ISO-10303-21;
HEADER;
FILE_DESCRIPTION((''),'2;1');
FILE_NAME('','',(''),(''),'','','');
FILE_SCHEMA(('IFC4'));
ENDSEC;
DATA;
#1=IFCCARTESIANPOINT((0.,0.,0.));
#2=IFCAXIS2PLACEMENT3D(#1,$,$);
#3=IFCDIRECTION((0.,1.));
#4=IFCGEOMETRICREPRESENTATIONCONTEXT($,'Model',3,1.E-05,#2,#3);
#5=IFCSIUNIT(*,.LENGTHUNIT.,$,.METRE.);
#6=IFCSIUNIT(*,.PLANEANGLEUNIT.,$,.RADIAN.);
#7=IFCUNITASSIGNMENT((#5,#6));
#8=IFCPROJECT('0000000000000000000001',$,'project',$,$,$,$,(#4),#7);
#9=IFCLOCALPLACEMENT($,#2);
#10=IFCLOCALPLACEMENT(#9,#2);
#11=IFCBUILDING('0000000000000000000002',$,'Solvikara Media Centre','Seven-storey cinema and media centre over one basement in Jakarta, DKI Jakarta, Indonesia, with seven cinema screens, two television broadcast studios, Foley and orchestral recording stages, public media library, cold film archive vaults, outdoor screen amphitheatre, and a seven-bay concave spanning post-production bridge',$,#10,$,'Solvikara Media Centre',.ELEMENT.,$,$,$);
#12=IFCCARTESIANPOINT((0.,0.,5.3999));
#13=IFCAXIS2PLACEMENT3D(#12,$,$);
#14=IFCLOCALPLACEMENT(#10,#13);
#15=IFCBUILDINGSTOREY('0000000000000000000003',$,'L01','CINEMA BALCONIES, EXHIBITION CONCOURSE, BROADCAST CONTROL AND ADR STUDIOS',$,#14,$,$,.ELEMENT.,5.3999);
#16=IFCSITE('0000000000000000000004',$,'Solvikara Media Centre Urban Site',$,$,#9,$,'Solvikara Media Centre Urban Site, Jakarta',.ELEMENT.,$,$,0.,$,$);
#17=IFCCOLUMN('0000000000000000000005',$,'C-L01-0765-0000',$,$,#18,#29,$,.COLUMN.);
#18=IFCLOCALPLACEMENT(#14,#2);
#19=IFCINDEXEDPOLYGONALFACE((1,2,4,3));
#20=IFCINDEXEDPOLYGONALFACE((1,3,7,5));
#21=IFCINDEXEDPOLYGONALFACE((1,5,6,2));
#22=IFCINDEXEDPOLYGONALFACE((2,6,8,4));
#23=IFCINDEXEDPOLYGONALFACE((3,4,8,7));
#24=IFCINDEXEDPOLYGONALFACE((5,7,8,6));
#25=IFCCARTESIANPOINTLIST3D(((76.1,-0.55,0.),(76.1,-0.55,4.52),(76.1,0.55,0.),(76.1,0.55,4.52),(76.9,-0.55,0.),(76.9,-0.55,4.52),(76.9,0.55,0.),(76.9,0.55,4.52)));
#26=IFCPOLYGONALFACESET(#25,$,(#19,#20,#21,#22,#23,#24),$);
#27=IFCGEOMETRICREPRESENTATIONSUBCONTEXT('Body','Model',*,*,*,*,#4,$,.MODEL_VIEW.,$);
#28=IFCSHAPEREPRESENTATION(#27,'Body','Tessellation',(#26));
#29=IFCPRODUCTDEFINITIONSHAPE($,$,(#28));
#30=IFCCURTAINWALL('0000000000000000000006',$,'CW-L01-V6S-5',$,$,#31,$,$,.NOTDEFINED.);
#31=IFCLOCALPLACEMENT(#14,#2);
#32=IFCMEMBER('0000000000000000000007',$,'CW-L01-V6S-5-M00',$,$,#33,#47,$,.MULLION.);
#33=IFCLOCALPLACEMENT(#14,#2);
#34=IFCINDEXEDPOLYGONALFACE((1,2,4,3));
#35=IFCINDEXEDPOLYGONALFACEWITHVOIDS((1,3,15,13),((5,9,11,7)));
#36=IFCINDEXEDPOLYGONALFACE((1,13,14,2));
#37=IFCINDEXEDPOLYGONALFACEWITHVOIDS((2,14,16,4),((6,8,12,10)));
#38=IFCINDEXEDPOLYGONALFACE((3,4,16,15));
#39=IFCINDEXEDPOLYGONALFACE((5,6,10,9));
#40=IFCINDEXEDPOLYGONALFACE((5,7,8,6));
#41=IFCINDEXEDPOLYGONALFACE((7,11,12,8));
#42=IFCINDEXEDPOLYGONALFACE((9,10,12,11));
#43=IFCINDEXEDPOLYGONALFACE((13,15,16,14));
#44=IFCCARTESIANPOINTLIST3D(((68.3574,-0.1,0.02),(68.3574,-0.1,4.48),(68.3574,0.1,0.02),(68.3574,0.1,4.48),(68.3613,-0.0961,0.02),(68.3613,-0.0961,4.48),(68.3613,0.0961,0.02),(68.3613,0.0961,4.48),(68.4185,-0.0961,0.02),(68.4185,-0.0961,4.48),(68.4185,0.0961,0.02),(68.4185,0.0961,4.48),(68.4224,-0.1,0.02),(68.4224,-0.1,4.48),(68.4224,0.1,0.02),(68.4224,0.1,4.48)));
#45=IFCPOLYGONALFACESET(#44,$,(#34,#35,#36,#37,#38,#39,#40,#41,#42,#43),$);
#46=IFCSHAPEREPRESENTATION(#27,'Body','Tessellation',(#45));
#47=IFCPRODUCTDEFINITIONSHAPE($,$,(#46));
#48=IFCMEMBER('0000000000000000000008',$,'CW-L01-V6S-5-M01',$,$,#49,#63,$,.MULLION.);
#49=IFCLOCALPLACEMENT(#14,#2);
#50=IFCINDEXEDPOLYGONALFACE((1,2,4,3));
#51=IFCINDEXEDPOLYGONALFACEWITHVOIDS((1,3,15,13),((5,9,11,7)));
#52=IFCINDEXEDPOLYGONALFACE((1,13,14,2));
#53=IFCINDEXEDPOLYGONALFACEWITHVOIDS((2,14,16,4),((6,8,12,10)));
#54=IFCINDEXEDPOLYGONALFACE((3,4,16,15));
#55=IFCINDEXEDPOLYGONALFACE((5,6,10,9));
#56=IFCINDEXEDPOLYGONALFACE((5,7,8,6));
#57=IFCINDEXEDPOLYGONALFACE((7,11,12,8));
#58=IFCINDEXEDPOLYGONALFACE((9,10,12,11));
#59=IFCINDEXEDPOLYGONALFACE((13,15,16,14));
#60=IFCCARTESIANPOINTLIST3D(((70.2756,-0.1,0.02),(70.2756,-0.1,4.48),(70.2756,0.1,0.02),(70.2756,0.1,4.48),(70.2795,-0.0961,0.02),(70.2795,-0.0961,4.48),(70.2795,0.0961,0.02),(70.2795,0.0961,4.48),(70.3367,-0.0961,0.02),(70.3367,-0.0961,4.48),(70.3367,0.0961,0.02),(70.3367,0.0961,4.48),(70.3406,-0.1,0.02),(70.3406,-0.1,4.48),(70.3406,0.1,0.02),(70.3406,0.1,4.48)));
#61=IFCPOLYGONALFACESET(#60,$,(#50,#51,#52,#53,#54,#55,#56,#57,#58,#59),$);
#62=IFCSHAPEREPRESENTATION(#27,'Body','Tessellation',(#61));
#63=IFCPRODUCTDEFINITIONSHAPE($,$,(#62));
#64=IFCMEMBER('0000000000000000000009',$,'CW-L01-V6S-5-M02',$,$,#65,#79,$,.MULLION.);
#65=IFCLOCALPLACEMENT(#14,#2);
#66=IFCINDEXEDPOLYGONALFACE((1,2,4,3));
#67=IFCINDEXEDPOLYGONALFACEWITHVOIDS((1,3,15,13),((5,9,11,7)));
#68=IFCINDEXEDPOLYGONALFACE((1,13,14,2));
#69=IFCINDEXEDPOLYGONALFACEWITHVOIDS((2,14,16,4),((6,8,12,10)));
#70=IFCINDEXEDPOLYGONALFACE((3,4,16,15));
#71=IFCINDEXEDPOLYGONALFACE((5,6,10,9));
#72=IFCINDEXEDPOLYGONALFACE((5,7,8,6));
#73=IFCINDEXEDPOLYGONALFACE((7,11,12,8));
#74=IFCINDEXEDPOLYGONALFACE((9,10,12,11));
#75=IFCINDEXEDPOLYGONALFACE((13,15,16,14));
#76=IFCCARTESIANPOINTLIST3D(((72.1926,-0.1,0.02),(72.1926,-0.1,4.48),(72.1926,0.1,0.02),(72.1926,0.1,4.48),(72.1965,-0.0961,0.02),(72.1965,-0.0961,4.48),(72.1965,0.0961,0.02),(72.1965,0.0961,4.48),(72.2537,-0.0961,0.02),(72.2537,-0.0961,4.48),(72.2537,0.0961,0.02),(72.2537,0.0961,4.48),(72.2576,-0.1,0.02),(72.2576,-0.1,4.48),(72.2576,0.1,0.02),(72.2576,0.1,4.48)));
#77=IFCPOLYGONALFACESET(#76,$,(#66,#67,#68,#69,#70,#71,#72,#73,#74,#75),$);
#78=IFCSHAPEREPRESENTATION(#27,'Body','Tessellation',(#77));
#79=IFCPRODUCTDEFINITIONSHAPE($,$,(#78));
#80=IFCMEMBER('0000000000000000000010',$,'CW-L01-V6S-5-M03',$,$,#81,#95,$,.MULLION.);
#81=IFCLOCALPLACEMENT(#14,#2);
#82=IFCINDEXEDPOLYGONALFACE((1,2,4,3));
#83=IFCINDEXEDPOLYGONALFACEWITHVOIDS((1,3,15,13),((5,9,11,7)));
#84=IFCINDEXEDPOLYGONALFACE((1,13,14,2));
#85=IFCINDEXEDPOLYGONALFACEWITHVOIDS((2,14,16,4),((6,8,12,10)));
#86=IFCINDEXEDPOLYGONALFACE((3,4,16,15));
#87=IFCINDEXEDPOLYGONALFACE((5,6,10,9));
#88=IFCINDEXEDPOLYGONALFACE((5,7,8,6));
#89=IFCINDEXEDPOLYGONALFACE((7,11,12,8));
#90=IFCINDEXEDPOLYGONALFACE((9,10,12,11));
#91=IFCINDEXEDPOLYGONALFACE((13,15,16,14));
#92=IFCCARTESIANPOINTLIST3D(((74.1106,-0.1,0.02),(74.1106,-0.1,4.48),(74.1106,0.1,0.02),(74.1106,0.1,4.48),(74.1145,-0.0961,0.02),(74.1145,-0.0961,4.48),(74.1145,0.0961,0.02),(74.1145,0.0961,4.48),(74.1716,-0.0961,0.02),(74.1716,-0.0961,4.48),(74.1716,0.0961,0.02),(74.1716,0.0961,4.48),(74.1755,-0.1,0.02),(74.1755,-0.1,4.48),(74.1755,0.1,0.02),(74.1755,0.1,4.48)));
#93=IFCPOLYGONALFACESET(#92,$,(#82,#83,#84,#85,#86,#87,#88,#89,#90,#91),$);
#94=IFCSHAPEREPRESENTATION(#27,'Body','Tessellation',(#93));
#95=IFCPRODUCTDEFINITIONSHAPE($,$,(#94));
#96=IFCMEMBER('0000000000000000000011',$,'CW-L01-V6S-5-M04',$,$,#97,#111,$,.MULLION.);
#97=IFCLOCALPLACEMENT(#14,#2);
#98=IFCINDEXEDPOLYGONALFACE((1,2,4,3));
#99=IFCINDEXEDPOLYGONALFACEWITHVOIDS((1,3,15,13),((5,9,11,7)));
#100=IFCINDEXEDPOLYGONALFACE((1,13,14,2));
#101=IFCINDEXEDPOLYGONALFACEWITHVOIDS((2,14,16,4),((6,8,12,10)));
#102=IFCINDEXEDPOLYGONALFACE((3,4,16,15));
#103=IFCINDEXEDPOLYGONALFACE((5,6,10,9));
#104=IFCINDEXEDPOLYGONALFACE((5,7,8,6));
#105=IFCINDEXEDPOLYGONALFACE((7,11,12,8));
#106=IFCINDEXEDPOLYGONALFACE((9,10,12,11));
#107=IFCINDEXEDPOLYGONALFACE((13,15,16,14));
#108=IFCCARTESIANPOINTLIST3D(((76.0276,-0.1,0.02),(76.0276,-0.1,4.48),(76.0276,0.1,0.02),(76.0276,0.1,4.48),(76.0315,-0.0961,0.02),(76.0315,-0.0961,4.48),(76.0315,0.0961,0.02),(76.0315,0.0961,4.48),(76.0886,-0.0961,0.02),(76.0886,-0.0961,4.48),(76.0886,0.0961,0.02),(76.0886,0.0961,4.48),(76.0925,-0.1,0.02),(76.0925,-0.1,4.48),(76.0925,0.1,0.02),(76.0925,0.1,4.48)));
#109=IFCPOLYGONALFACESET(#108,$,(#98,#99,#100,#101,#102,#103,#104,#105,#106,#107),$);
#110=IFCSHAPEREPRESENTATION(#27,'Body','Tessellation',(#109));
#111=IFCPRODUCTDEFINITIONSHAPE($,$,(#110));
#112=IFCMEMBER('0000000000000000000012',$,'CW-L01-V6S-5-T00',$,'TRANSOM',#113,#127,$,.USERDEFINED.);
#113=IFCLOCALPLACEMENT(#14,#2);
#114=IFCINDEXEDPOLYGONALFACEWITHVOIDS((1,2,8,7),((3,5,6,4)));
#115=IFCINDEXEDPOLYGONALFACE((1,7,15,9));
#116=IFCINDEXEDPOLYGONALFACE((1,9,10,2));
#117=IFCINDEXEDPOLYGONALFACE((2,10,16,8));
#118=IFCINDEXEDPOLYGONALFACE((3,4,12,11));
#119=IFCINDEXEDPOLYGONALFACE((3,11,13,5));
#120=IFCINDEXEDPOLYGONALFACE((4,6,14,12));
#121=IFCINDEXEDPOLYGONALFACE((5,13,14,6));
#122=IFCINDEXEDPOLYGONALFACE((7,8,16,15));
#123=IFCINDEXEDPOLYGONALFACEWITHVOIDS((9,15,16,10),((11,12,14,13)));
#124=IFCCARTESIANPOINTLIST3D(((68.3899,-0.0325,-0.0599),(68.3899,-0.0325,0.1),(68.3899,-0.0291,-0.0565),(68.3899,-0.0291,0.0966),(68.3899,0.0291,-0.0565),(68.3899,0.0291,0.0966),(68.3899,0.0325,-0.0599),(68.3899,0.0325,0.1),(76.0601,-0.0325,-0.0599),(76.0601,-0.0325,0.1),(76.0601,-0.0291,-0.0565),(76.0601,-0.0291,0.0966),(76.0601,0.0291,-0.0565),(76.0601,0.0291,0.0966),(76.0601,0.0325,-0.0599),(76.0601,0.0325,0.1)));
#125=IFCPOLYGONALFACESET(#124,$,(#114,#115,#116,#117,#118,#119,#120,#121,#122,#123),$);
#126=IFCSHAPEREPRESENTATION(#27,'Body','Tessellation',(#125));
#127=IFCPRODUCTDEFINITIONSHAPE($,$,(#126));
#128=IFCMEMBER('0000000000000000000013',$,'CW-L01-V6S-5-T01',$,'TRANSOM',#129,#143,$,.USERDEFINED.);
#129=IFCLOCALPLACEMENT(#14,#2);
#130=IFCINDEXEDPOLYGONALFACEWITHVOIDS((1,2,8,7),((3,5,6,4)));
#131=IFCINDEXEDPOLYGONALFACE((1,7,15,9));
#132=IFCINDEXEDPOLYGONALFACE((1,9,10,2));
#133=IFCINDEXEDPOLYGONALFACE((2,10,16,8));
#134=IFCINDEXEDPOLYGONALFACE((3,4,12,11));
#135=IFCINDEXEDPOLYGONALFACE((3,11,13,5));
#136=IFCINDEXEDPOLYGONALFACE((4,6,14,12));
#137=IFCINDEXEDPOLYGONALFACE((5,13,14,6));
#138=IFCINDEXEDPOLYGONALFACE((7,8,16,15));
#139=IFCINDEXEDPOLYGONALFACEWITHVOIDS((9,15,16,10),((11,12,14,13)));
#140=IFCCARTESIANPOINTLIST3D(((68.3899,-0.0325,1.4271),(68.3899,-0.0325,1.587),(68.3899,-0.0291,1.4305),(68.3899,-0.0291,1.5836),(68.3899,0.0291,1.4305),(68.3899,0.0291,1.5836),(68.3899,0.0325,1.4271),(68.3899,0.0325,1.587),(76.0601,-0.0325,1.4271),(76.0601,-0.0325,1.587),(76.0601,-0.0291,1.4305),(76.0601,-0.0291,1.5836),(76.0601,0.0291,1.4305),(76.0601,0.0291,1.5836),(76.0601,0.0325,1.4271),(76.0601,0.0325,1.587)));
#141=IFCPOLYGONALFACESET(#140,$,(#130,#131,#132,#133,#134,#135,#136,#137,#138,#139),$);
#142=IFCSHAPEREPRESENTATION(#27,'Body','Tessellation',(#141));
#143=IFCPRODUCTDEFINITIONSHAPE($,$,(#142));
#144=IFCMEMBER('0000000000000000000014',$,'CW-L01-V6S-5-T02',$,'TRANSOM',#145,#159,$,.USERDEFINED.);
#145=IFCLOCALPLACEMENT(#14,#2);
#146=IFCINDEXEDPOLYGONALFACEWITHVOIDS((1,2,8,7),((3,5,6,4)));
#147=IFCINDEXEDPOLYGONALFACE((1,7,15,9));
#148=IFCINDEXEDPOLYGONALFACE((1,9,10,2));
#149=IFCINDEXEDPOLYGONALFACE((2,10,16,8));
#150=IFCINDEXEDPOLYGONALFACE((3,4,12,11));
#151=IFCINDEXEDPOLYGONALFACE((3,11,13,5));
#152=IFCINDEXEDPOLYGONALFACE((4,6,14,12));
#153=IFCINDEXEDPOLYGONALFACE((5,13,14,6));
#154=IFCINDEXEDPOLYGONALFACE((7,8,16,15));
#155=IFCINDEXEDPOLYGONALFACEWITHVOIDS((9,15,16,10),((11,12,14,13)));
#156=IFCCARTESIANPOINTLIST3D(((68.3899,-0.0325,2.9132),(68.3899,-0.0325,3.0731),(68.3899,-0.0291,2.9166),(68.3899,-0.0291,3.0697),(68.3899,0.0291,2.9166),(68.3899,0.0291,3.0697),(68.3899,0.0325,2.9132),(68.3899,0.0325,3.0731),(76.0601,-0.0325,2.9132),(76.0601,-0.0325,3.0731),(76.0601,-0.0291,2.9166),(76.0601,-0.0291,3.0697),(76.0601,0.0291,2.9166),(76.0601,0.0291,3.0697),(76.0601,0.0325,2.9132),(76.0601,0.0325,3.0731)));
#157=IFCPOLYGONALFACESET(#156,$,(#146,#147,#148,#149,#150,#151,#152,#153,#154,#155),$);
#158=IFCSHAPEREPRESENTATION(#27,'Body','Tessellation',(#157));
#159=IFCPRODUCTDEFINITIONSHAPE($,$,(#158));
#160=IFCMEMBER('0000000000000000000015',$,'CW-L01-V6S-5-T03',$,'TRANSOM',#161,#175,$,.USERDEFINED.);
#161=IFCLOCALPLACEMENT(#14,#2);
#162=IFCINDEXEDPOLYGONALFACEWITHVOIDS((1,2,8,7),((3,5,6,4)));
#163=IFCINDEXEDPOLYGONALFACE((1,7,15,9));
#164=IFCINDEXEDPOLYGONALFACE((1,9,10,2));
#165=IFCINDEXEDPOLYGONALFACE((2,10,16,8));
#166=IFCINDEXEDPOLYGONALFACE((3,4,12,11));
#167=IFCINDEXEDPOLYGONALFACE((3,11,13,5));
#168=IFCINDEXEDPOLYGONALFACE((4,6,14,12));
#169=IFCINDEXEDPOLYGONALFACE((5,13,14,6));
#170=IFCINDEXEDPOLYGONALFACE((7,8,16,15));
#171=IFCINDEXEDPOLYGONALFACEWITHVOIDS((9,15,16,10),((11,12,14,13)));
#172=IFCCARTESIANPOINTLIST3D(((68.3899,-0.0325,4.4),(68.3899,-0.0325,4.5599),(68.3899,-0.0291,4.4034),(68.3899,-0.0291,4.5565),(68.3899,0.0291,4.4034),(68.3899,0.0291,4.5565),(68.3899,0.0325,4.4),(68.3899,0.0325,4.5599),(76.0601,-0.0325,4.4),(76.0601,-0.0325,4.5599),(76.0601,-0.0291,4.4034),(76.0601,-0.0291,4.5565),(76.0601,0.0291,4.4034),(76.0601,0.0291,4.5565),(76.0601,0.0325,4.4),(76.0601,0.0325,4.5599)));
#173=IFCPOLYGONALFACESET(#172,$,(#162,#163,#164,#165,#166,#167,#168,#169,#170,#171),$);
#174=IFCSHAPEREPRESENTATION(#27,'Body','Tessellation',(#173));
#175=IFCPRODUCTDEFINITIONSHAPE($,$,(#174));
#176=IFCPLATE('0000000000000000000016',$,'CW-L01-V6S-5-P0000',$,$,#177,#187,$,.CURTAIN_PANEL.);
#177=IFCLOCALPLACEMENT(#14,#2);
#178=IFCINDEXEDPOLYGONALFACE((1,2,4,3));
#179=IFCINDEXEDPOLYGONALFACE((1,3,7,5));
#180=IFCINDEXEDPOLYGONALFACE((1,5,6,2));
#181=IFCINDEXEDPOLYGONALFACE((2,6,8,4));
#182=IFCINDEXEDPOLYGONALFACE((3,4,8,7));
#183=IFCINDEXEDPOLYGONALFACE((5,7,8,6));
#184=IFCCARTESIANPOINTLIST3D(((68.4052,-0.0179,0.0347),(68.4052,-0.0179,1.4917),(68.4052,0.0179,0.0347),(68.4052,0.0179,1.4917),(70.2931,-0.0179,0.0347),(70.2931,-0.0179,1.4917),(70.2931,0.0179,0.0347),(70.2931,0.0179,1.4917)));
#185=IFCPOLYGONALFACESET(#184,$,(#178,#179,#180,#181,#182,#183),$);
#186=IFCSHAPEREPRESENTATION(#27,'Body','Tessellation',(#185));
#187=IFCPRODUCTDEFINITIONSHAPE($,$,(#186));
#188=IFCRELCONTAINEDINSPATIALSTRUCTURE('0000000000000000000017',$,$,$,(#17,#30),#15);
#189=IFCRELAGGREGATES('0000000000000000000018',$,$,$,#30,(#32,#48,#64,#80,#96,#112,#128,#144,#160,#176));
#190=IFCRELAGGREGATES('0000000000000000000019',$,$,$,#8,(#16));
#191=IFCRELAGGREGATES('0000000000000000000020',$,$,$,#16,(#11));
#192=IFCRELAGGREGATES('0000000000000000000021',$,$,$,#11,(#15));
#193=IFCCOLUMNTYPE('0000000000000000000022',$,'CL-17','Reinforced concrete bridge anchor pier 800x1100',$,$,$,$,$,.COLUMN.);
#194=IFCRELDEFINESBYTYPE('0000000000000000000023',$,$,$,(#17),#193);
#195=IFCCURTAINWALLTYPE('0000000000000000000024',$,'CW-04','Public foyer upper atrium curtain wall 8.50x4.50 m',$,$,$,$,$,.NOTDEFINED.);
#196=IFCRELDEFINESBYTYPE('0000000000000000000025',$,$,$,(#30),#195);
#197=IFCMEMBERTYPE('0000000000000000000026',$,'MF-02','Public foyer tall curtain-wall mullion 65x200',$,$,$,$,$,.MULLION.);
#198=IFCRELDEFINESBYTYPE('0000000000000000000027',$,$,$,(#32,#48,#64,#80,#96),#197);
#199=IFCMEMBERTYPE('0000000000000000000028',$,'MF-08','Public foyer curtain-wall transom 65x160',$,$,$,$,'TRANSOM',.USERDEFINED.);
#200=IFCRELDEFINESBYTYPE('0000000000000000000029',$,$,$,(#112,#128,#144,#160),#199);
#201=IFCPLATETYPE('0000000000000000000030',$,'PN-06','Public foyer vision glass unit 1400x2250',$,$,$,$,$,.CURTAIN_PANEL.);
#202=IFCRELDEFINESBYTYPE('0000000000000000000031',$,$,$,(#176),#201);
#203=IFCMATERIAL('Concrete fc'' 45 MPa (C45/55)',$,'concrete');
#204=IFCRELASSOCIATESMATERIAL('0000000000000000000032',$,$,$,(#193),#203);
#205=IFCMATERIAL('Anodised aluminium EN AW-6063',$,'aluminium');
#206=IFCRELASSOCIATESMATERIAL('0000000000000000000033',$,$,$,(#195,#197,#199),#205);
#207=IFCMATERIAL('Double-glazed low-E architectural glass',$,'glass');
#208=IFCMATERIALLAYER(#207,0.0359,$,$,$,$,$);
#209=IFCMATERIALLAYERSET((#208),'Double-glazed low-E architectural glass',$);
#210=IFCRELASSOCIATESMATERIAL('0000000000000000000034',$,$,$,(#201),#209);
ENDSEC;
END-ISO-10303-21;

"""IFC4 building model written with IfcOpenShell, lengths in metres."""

from ifc_helpers import new_model, si_unit, direction, frame, origin, origin_2d, place, context, subcontext, project, spatial, rectangle, hollow_rectangle, extrude, material, layer, layer_set, material_profile, profile_set, type_object, element, aggregate, save


model = new_model("IFC4")

# Units and contexts
model_context = context("Model", 3, precision=1e-05, world=origin(), true_north=direction((0.0, 1.0)))
body_context = subcontext(model_context, "Body", "Model", "MODEL_VIEW")
ifc_project = project(units=[si_unit("LENGTHUNIT", "METRE"), si_unit("PLANEANGLEUNIT", "RADIAN")], contexts=[model_context])

# Site, building, storey
site_placement = place(None, origin())
site = spatial("IfcSite", under=ifc_project, at=site_placement, Name="Solvikara Media Centre Urban Site", LongName="Solvikara Media Centre Urban Site, Jakarta", CompositionType="ELEMENT", RefElevation=0.0)
building_placement = place(site_placement, origin())
building = spatial("IfcBuilding", under=site, at=building_placement, Name="Solvikara Media Centre", Description="Seven-storey cinema and media centre over one basement in Jakarta, DKI Jakarta, Indonesia, with seven cinema screens, two television broadcast studios, Foley and orchestral recording stages, public media library, cold film archive vaults, outdoor screen amphitheatre, and a seven-bay concave spanning post-production bridge", LongName="Solvikara Media Centre", CompositionType="ELEMENT")
storey_placement = place(building_placement, frame((0.0, 0.0, 5.3999)))
storey = spatial("IfcBuildingStorey", under=building, at=storey_placement, Name="L01", Description="CINEMA BALCONIES, EXHIBITION CONCOURSE, BROADCAST CONTROL AND ADR STUDIOS", CompositionType="ELEMENT", Elevation=5.3999)

# Column
ifc_material_1 = material(Name="Concrete fc' 45 MPa (C45/55)", Category="concrete")
ifc_material_profile_1 = material_profile(ifc_material_1, rectangle(XDim=0.8, YDim=1.1001, at=origin_2d()), Name="RC 800x1100")
ifc_profile_set_1 = profile_set([ifc_material_profile_1], Name="Concrete fc' 45 MPa (C45/55)")
column_type = type_object("IfcColumnType", Name="CL-17", Description="Reinforced concrete bridge anchor pier 800x1100", PredefinedType="COLUMN", material=ifc_profile_set_1)
column_placement = place(storey_placement, frame((76.5, 0.0, 0.0), z_axis=(0.0, 0.0, 1.0), x_axis=(1.0, 0.0, 0.0)))
element("IfcColumn", 1, at=column_placement, inside=storey, type_object=column_type, Name="C-L01-0765-0000", PredefinedType="COLUMN", context=body_context, shape_type="SweptSolid", body=[
    extrude(rectangle(XDim=0.8, YDim=1.1001, at=origin_2d()), origin(), (0.0, 0.0, 1.0), 4.52),
])

# Curtain wall, members, plate
ifc_material_2 = material(Name="Anodised aluminium EN AW-6063", Category="aluminium")
curtain_wall_type = type_object("IfcCurtainWallType", Name="CW-04", Description="Public foyer upper atrium curtain wall 8.50x4.50 m", PredefinedType="NOTDEFINED", material=ifc_material_2)
curtain_wall_placement = place(storey_placement, origin())
curtain_wall = element("IfcCurtainWall", 2, at=curtain_wall_placement, inside=storey, type_object=curtain_wall_type, Name="CW-L01-V6S-5", PredefinedType="NOTDEFINED")
ifc_material_profile_2 = material_profile(ifc_material_2, hollow_rectangle(XDim=0.0649, YDim=0.2, WallThickness=0.0039, at=origin_2d()), Name="ALU-M 65x200x4")
ifc_profile_set_2 = profile_set([ifc_material_profile_2], Name="Anodised aluminium EN AW-6063")
member_type_1 = type_object("IfcMemberType", Name="MF-02", Description="Public foyer tall curtain-wall mullion 65x200", PredefinedType="MULLION", material=ifc_profile_set_2)
member_1_placement = place(storey_placement, frame((68.3899, 0.0, 0.02), z_axis=(0.0, 0.0, 1.0), x_axis=(1.0, 0.0, 0.0)))
member_1 = element("IfcMember", 3, at=member_1_placement, type_object=member_type_1, Name="CW-L01-V6S-5-M00", PredefinedType="MULLION", context=body_context, shape_type="SweptSolid", body=[
    extrude(hollow_rectangle(XDim=0.0649, YDim=0.2, WallThickness=0.0039, at=origin_2d()), origin(), (0.0, 0.0, 1.0), 4.46),
])
member_2_placement = place(storey_placement, frame((70.3081, 0.0, 0.02), z_axis=(0.0, 0.0, 1.0), x_axis=(1.0, 0.0, 0.0)))
member_2 = element("IfcMember", 4, at=member_2_placement, type_object=member_type_1, Name="CW-L01-V6S-5-M01", PredefinedType="MULLION", context=body_context, shape_type="SweptSolid", body=[
    extrude(hollow_rectangle(XDim=0.0649, YDim=0.2, WallThickness=0.0039, at=origin_2d()), origin(), (0.0, 0.0, 1.0), 4.46),
])
member_3_placement = place(storey_placement, frame((72.2251, 0.0, 0.02), z_axis=(0.0, 0.0, 1.0), x_axis=(1.0, 0.0, 0.0)))
member_3 = element("IfcMember", 5, at=member_3_placement, type_object=member_type_1, Name="CW-L01-V6S-5-M02", PredefinedType="MULLION", context=body_context, shape_type="SweptSolid", body=[
    extrude(hollow_rectangle(XDim=0.0649, YDim=0.2, WallThickness=0.0039, at=origin_2d()), origin(), (0.0, 0.0, 1.0), 4.46),
])
member_4_placement = place(storey_placement, frame((74.1431, 0.0, 0.02), z_axis=(0.0, 0.0, 1.0), x_axis=(1.0, 0.0, 0.0)))
member_4 = element("IfcMember", 6, at=member_4_placement, type_object=member_type_1, Name="CW-L01-V6S-5-M03", PredefinedType="MULLION", context=body_context, shape_type="SweptSolid", body=[
    extrude(hollow_rectangle(XDim=0.0649, YDim=0.2, WallThickness=0.0039, at=origin_2d()), origin(), (0.0, 0.0, 1.0), 4.46),
])
member_5_placement = place(storey_placement, frame((76.0601, 0.0, 0.02), z_axis=(0.0, 0.0, 1.0), x_axis=(1.0, 0.0, 0.0)))
member_5 = element("IfcMember", 7, at=member_5_placement, type_object=member_type_1, Name="CW-L01-V6S-5-M04", PredefinedType="MULLION", context=body_context, shape_type="SweptSolid", body=[
    extrude(hollow_rectangle(XDim=0.0649, YDim=0.2, WallThickness=0.0039, at=origin_2d()), origin(), (0.0, 0.0, 1.0), 4.46),
])
ifc_material_profile_3 = material_profile(ifc_material_2, hollow_rectangle(XDim=0.0649, YDim=0.1599, WallThickness=0.0034, at=origin_2d()), Name="ALU-T 65x160x3.5")
ifc_profile_set_3 = profile_set([ifc_material_profile_3], Name="Anodised aluminium EN AW-6063")
member_type_2 = type_object("IfcMemberType", Name="MF-08", Description="Public foyer curtain-wall transom 65x160", ElementType="TRANSOM", PredefinedType="USERDEFINED", material=ifc_profile_set_3)
member_6_placement = place(storey_placement, frame((68.3899, 0.0, 0.02), z_axis=(1.0, 0.0, 0.0), x_axis=(0.0, 1.0, 0.0)))
member_6 = element("IfcMember", 8, at=member_6_placement, type_object=member_type_2, Name="CW-L01-V6S-5-T00", ObjectType="TRANSOM", PredefinedType="USERDEFINED", context=body_context, shape_type="SweptSolid", body=[
    extrude(hollow_rectangle(XDim=0.0649, YDim=0.1599, WallThickness=0.0034, at=origin_2d()), origin(), (0.0, 0.0, 1.0), 7.6702),
])
member_7_placement = place(storey_placement, frame((68.3899, 0.0, 1.5071), z_axis=(1.0, 0.0, 0.0), x_axis=(0.0, 1.0, 0.0)))
member_7 = element("IfcMember", 9, at=member_7_placement, type_object=member_type_2, Name="CW-L01-V6S-5-T01", ObjectType="TRANSOM", PredefinedType="USERDEFINED", context=body_context, shape_type="SweptSolid", body=[
    extrude(hollow_rectangle(XDim=0.0649, YDim=0.1599, WallThickness=0.0034, at=origin_2d()), origin(), (0.0, 0.0, 1.0), 7.6702),
])
member_8_placement = place(storey_placement, frame((68.3899, 0.0, 2.9932), z_axis=(1.0, 0.0, 0.0), x_axis=(0.0, 1.0, 0.0)))
member_8 = element("IfcMember", 10, at=member_8_placement, type_object=member_type_2, Name="CW-L01-V6S-5-T02", ObjectType="TRANSOM", PredefinedType="USERDEFINED", context=body_context, shape_type="SweptSolid", body=[
    extrude(hollow_rectangle(XDim=0.0649, YDim=0.1599, WallThickness=0.0034, at=origin_2d()), origin(), (0.0, 0.0, 1.0), 7.6702),
])
member_9_placement = place(storey_placement, frame((68.3899, 0.0, 4.48), z_axis=(1.0, 0.0, 0.0), x_axis=(0.0, 1.0, 0.0)))
member_9 = element("IfcMember", 11, at=member_9_placement, type_object=member_type_2, Name="CW-L01-V6S-5-T03", ObjectType="TRANSOM", PredefinedType="USERDEFINED", context=body_context, shape_type="SweptSolid", body=[
    extrude(hollow_rectangle(XDim=0.0649, YDim=0.1599, WallThickness=0.0034, at=origin_2d()), origin(), (0.0, 0.0, 1.0), 7.6702),
])
ifc_material_3 = material(Name="Double-glazed low-E architectural glass", Category="glass")
ifc_layer_1 = layer(ifc_material_3, 0.0359)
ifc_layer_set_1 = layer_set([ifc_layer_1], Name="Double-glazed low-E architectural glass")
plate_type_1 = type_object("IfcPlateType", Name="PN-06", Description="Public foyer vision glass unit 1400x2250", PredefinedType="CURTAIN_PANEL", material=ifc_layer_set_1)
plate_1_placement = place(storey_placement, frame((69.3491, 0.0, 0.0347), z_axis=(0.0, 0.0, 1.0), x_axis=(1.0, 0.0, 0.0)))
plate_1 = element("IfcPlate", 12, at=plate_1_placement, type_object=plate_type_1, Name="CW-L01-V6S-5-P0000", PredefinedType="CURTAIN_PANEL", context=body_context, shape_type="SweptSolid", body=[
    extrude(rectangle(XDim=1.8879, YDim=0.0359, at=origin_2d()), origin(), (0.0, 0.0, 1.0), 1.457),
])
aggregate(curtain_wall, [member_1, member_2, member_3, member_4, member_5, member_6, member_7, member_8, member_9, plate_1])

save(model, "model.ifc")
